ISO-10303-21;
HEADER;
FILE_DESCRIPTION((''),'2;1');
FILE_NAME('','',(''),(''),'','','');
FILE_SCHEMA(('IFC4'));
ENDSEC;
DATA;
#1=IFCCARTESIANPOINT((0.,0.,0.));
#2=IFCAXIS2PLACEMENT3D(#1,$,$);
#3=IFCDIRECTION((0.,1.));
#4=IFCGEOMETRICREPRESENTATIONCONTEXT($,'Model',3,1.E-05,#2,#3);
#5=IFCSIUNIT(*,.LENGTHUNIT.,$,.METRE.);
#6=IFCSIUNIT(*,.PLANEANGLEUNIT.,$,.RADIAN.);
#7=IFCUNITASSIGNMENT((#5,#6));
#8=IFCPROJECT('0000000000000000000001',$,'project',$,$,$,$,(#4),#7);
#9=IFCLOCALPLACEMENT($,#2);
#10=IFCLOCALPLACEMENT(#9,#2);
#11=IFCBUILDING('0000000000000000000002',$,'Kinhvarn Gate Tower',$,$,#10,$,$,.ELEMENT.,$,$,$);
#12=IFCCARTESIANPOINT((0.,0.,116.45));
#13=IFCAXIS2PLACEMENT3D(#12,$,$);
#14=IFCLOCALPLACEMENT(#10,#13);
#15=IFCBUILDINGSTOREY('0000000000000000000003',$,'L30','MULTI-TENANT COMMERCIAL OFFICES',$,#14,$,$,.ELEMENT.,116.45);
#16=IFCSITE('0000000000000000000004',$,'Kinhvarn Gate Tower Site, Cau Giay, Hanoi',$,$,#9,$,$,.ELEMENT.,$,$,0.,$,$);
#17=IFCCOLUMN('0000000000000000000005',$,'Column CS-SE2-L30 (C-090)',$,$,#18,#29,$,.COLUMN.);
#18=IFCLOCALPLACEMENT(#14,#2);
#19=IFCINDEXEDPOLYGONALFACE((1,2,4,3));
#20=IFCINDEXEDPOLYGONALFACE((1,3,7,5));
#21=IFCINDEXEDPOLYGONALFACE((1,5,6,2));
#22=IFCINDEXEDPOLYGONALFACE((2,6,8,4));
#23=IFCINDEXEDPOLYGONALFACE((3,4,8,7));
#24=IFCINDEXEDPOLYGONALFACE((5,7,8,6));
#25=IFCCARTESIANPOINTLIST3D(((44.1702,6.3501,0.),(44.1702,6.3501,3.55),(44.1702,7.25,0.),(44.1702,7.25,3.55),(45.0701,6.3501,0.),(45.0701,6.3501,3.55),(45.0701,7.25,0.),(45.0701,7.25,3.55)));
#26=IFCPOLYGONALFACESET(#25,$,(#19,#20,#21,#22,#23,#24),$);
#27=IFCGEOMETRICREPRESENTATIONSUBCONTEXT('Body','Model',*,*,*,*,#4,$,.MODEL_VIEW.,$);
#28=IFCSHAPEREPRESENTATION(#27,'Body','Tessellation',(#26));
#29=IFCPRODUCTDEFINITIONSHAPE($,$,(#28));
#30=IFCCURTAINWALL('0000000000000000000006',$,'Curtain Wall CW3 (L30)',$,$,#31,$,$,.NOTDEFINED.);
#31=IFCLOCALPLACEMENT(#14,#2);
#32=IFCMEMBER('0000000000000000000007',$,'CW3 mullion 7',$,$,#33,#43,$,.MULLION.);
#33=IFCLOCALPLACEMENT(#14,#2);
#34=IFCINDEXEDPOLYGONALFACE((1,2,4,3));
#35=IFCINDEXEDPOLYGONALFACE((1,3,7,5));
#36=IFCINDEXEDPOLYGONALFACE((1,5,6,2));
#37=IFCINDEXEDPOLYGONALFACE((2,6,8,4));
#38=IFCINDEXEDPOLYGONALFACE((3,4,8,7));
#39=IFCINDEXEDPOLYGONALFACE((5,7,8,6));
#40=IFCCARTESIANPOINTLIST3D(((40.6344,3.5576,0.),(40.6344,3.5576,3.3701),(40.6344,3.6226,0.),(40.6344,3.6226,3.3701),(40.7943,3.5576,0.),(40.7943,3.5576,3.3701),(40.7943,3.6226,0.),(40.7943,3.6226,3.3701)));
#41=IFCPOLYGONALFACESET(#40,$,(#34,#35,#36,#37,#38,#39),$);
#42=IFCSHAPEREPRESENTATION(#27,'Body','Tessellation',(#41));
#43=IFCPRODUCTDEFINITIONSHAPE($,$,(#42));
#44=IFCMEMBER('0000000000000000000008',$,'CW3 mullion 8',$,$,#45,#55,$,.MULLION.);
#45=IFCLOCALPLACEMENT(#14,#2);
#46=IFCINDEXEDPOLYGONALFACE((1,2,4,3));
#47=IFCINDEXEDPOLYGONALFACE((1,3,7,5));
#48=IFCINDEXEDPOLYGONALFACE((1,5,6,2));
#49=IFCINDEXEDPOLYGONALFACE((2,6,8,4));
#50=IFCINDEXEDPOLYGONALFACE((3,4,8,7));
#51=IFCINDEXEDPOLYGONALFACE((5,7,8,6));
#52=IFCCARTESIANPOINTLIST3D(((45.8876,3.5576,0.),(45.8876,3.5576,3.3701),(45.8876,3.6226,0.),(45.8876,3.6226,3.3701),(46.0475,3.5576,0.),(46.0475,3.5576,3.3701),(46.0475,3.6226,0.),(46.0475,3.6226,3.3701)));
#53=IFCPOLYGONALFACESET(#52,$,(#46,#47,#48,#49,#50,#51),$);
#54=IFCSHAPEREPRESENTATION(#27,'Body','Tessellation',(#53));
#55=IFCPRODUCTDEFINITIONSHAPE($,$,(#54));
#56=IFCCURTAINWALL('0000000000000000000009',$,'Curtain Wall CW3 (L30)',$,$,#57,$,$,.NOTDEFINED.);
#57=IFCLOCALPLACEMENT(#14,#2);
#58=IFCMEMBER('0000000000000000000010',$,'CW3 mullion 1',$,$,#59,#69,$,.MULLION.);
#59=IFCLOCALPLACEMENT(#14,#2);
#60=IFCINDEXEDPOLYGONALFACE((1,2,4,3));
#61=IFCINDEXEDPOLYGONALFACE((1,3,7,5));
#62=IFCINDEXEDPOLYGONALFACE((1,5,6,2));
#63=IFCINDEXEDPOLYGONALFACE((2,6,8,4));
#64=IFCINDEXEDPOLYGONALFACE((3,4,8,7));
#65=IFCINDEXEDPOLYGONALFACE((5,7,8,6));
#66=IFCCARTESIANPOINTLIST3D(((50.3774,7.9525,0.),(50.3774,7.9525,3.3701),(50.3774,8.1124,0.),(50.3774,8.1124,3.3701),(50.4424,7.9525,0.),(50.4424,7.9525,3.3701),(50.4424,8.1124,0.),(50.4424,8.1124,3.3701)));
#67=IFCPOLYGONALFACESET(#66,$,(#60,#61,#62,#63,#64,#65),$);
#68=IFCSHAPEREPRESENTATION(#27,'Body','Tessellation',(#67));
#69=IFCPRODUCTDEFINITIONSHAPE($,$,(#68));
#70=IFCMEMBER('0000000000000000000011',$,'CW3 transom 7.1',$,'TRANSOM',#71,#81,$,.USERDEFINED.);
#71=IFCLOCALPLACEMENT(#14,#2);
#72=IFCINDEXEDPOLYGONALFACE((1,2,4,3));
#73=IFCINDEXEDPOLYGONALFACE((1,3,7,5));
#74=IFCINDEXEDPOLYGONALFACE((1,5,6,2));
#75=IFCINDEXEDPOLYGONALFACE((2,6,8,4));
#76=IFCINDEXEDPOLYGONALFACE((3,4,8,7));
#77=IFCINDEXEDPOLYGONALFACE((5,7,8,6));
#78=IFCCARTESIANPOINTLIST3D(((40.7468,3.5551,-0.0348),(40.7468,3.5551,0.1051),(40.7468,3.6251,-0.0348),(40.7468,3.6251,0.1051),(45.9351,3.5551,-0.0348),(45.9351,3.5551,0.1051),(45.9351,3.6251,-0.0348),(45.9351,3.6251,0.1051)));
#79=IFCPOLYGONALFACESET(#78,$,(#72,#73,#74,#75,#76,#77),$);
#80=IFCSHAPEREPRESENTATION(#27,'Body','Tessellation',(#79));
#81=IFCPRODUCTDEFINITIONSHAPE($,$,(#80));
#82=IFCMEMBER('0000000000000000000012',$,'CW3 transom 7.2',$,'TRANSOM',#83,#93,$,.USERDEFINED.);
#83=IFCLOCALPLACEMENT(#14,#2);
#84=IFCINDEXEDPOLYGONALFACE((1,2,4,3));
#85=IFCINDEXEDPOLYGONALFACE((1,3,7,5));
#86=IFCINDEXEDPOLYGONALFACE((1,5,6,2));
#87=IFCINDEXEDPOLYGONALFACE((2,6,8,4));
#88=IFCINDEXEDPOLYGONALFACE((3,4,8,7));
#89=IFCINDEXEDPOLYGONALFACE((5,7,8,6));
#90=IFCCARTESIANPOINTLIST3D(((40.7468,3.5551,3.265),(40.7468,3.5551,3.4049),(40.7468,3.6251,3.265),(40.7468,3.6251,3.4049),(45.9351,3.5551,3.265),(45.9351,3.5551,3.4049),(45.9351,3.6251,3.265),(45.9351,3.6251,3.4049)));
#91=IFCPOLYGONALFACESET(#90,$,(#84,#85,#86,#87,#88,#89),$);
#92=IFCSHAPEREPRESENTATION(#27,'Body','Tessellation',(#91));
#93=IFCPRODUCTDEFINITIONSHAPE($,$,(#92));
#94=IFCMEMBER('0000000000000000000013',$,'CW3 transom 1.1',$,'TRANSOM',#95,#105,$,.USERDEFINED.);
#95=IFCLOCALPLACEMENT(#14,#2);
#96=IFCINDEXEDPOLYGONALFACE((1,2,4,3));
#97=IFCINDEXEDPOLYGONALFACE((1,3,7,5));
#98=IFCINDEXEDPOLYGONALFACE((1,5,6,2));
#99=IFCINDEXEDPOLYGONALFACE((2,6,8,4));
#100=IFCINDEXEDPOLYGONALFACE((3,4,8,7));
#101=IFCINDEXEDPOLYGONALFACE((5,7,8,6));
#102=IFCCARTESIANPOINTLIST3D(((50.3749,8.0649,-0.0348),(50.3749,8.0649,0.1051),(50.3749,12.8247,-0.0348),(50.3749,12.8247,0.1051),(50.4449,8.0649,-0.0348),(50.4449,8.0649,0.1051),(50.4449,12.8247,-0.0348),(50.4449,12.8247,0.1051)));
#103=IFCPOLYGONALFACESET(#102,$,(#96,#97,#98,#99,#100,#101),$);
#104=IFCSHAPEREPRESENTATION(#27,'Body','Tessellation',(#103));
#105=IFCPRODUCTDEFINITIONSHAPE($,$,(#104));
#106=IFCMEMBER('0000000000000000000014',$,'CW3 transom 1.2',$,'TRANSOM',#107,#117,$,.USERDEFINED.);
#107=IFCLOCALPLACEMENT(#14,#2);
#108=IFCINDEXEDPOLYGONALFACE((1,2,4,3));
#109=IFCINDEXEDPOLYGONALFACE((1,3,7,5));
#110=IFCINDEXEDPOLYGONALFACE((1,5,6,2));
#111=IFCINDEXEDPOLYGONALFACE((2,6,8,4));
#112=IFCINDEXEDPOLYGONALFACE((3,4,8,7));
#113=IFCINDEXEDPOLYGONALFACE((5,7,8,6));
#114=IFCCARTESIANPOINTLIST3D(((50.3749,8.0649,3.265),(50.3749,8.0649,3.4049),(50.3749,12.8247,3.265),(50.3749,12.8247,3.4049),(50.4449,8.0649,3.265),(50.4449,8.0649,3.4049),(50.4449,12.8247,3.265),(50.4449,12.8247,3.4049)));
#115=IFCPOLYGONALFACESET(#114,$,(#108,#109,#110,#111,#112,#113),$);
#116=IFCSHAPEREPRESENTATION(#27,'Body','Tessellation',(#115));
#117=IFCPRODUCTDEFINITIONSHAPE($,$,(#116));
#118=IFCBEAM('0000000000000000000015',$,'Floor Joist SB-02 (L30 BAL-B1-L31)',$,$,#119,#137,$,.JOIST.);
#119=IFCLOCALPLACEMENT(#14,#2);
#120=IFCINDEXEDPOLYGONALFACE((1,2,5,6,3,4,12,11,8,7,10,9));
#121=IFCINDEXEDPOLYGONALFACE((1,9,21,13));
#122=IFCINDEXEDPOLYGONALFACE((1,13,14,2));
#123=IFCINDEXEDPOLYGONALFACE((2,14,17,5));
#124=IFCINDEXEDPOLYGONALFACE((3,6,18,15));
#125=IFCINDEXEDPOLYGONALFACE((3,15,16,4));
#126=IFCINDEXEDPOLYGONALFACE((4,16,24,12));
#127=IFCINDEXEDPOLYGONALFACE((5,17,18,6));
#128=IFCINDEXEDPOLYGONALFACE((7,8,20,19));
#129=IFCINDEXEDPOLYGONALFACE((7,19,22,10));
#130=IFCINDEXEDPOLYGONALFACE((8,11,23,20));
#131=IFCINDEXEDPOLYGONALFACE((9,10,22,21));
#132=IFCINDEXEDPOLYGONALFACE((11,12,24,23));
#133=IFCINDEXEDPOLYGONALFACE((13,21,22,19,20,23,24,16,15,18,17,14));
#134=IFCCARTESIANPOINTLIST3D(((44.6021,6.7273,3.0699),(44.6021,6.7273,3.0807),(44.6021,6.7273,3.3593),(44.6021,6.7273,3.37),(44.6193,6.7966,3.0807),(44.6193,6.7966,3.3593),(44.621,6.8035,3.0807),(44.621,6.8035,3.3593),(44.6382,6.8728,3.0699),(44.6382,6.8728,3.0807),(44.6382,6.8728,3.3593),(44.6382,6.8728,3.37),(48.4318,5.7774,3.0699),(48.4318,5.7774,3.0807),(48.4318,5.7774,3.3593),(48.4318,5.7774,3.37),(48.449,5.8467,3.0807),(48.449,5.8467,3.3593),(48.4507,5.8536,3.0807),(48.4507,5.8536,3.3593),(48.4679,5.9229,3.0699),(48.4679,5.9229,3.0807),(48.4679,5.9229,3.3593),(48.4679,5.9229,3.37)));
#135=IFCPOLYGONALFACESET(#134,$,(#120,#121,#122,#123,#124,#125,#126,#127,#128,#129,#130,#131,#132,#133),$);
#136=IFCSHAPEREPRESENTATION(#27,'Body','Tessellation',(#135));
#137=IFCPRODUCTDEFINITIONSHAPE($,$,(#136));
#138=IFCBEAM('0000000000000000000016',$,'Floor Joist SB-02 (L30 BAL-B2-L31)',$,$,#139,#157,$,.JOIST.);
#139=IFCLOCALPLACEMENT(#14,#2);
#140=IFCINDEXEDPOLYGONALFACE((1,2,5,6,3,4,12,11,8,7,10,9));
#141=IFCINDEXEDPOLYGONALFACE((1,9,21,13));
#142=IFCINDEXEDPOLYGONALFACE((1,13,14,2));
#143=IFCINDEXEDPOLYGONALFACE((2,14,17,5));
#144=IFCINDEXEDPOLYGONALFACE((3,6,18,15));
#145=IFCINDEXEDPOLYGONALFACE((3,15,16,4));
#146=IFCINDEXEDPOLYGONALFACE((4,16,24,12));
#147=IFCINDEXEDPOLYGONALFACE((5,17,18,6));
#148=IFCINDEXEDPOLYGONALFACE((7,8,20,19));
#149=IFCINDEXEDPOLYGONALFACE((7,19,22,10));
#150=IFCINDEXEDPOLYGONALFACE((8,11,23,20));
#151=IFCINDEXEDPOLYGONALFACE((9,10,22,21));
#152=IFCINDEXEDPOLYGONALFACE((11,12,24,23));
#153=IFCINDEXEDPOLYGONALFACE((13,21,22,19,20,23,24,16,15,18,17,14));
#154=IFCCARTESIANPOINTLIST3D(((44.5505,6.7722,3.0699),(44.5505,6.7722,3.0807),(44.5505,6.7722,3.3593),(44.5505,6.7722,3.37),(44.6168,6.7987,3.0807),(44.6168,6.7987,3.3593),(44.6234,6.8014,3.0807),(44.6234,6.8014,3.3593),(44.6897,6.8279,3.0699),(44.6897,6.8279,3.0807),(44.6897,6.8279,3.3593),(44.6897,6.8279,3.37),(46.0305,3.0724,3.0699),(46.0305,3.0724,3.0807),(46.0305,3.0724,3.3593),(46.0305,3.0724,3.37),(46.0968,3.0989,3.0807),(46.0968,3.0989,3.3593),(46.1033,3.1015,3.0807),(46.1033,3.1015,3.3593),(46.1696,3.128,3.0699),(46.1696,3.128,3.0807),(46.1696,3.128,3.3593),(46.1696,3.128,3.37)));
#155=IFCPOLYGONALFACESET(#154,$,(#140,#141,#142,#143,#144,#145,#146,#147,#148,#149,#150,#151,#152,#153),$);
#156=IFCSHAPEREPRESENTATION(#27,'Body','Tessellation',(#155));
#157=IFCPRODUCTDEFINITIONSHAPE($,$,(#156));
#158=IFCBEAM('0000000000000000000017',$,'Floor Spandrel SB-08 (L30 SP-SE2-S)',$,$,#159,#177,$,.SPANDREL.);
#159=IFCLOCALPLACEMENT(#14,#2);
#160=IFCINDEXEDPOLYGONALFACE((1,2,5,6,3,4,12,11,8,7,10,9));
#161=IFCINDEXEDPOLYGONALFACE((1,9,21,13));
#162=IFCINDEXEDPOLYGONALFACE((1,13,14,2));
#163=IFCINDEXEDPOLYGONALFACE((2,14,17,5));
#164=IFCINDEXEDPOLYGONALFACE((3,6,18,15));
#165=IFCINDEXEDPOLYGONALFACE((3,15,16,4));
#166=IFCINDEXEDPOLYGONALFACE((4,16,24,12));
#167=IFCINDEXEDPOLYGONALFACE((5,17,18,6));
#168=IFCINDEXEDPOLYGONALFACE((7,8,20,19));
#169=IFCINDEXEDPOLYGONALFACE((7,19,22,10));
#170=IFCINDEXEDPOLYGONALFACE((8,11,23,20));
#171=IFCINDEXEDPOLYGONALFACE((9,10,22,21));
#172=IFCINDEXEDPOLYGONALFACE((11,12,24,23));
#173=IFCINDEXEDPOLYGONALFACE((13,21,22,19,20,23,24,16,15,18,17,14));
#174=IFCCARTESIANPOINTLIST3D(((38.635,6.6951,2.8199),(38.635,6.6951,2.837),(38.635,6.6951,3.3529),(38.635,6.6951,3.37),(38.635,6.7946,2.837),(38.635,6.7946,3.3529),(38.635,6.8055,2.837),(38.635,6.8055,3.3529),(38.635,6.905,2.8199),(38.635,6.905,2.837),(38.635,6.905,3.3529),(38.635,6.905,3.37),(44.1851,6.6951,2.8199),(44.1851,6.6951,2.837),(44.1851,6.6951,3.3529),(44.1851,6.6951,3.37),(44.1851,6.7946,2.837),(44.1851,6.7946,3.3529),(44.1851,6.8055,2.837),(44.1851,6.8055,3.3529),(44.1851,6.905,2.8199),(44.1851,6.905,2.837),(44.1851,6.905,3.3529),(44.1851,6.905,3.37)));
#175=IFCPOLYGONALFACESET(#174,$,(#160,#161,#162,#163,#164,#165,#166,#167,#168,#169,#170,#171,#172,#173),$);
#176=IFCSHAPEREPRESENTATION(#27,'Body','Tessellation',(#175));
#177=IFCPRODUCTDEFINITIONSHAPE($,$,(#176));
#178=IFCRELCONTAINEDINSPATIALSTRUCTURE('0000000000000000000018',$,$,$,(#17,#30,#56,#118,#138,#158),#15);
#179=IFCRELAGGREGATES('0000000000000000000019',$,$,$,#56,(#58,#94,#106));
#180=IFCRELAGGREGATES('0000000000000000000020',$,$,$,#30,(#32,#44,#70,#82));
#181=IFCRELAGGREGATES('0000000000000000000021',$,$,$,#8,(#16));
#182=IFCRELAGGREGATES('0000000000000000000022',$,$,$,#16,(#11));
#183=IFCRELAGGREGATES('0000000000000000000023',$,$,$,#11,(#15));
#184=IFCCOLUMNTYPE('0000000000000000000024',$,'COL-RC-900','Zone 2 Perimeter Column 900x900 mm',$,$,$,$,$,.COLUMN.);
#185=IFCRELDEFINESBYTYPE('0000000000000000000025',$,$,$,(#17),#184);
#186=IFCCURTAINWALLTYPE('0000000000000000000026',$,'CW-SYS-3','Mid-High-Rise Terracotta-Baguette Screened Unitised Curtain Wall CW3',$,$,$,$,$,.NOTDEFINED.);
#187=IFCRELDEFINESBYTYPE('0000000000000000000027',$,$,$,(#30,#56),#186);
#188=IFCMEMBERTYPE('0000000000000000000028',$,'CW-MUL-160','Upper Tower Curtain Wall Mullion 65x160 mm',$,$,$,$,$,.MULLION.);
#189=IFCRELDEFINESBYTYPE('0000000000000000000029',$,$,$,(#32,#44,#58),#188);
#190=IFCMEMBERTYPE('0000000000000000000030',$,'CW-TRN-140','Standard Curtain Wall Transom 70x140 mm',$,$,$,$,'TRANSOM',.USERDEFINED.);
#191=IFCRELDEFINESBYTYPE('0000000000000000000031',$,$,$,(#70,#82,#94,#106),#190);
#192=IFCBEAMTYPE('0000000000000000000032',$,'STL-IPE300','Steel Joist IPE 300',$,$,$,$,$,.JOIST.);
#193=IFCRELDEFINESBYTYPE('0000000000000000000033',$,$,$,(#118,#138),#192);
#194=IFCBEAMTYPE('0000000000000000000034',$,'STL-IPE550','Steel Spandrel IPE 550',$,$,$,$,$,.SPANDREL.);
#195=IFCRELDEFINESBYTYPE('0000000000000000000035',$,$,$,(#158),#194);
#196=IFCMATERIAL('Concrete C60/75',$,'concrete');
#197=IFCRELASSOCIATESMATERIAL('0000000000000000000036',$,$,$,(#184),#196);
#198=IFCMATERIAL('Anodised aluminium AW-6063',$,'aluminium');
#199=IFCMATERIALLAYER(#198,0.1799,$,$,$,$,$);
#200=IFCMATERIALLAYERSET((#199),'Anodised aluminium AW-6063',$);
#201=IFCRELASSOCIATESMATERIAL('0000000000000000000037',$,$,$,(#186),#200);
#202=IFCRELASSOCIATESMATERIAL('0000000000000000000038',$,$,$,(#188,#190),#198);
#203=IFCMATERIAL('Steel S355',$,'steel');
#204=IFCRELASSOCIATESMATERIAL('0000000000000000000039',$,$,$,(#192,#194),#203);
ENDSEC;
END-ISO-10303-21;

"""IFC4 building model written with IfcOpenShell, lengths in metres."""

from ifc_helpers import new_model, si_unit, direction, frame, origin, origin_2d, place, context, subcontext, project, spatial, rectangle, i_section, extrude, material, layer, layer_set, material_profile, profile_set, type_object, element, aggregate, save


model = new_model("IFC4")

# Units and contexts
model_context = context("Model", 3, precision=1e-05, world=origin(), true_north=direction((0.0, 1.0)))
body_context = subcontext(model_context, "Body", "Model", "MODEL_VIEW")
ifc_project = project(units=[si_unit("LENGTHUNIT", "METRE"), si_unit("PLANEANGLEUNIT", "RADIAN")], contexts=[model_context])

# Site, building, storey
site_placement = place(None, origin())
site = spatial("IfcSite", under=ifc_project, at=site_placement, Name="Kinhvarn Gate Tower Site, Cau Giay, Hanoi", CompositionType="ELEMENT", RefElevation=0.0)
building_placement = place(site_placement, origin())
building = spatial("IfcBuilding", under=site, at=building_placement, Name="Kinhvarn Gate Tower", CompositionType="ELEMENT")
storey_placement = place(building_placement, frame((0.0, 0.0, 116.45)))
storey = spatial("IfcBuildingStorey", under=building, at=storey_placement, Name="L30", Description="MULTI-TENANT COMMERCIAL OFFICES", CompositionType="ELEMENT", Elevation=116.45)

# Column
ifc_material_1 = material(Name="Concrete C60/75", Category="concrete")
ifc_material_profile_1 = material_profile(ifc_material_1, rectangle(XDim=0.8999, YDim=0.8999, at=origin_2d()), Name="RC 900x900")
ifc_profile_set_1 = profile_set([ifc_material_profile_1], Name="Concrete C60/75")
column_type = type_object("IfcColumnType", Name="COL-RC-900", Description="Zone 2 Perimeter Column 900x900 mm", PredefinedType="COLUMN", material=ifc_profile_set_1)
column_placement = place(storey_placement, frame((44.6201, 6.8, 0.0), z_axis=(0.0, 0.0, 1.0), x_axis=(1.0, 0.0, 0.0)))
element("IfcColumn", 1, at=column_placement, inside=storey, type_object=column_type, Name="Column CS-SE2-L30 (C-090)", PredefinedType="COLUMN", context=body_context, shape_type="SweptSolid", body=[
    extrude(rectangle(XDim=0.8999, YDim=0.8999, at=origin_2d()), origin(), (0.0, 0.0, 1.0), 3.55),
])

# Curtain wall, members
ifc_material_2 = material(Name="Anodised aluminium AW-6063", Category="aluminium")
ifc_layer_1 = layer(ifc_material_2, 0.1799)
ifc_layer_set_1 = layer_set([ifc_layer_1], Name="Anodised aluminium AW-6063")
curtain_wall_type = type_object("IfcCurtainWallType", Name="CW-SYS-3", Description="Mid-High-Rise Terracotta-Baguette Screened Unitised Curtain Wall CW3", PredefinedType="NOTDEFINED", material=ifc_layer_set_1)
curtain_wall_1_placement = place(storey_placement, origin())
curtain_wall_1 = element("IfcCurtainWall", 2, at=curtain_wall_1_placement, inside=storey, type_object=curtain_wall_type, Name="Curtain Wall CW3 (L30)", PredefinedType="NOTDEFINED")
ifc_material_profile_2 = material_profile(ifc_material_2, rectangle(XDim=0.0649, YDim=0.1599, at=origin_2d()), Name="ALU 65x160")
ifc_profile_set_2 = profile_set([ifc_material_profile_2], Name="Anodised aluminium AW-6063")
member_type_1 = type_object("IfcMemberType", Name="CW-MUL-160", Description="Upper Tower Curtain Wall Mullion 65x160 mm", PredefinedType="MULLION", material=ifc_profile_set_2)
member_1_placement = place(storey_placement, frame((40.7144, 3.5901, 0.0), z_axis=(0.0, 0.0, 1.0), x_axis=(0.0, 1.0, 0.0)))
member_1 = element("IfcMember", 3, at=member_1_placement, type_object=member_type_1, Name="CW3 mullion 7", PredefinedType="MULLION", context=body_context, shape_type="SweptSolid", body=[
    extrude(rectangle(XDim=0.0649, YDim=0.1599, at=origin_2d()), origin(), (0.0, 0.0, 1.0), 3.3701),
])
member_2_placement = place(storey_placement, frame((45.9675, 3.5901, 0.0), z_axis=(0.0, 0.0, 1.0), x_axis=(0.0, 1.0, 0.0)))
member_2 = element("IfcMember", 4, at=member_2_placement, type_object=member_type_1, Name="CW3 mullion 8", PredefinedType="MULLION", context=body_context, shape_type="SweptSolid", body=[
    extrude(rectangle(XDim=0.0649, YDim=0.1599, at=origin_2d()), origin(), (0.0, 0.0, 1.0), 3.3701),
])

# Curtain wall, member
curtain_wall_2_placement = place(storey_placement, origin())
curtain_wall_2 = element("IfcCurtainWall", 5, at=curtain_wall_2_placement, inside=storey, type_object=curtain_wall_type, Name="Curtain Wall CW3 (L30)", PredefinedType="NOTDEFINED")
member_3_placement = place(storey_placement, frame((50.4099, 8.0325, 0.0), z_axis=(0.0, 0.0, 1.0), x_axis=(-1.0, 0.0, 0.0)))
member_3 = element("IfcMember", 6, at=member_3_placement, type_object=member_type_1, Name="CW3 mullion 1", PredefinedType="MULLION", context=body_context, shape_type="SweptSolid", body=[
    extrude(rectangle(XDim=0.0649, YDim=0.1599, at=origin_2d()), origin(), (0.0, 0.0, 1.0), 3.3701),
])

# Members
ifc_material_profile_3 = material_profile(ifc_material_2, rectangle(XDim=0.0701, YDim=0.1399, at=origin_2d()), Name="ALU 70x140")
ifc_profile_set_3 = profile_set([ifc_material_profile_3], Name="Anodised aluminium AW-6063")
member_type_2 = type_object("IfcMemberType", Name="CW-TRN-140", Description="Standard Curtain Wall Transom 70x140 mm", ElementType="TRANSOM", PredefinedType="USERDEFINED", material=ifc_profile_set_3)
member_4_placement = place(storey_placement, frame((40.7468, 3.5901, 0.0352), z_axis=(1.0, 0.0, 0.0), x_axis=(0.0, 1.0, 0.0)))
member_4 = element("IfcMember", 7, at=member_4_placement, type_object=member_type_2, Name="CW3 transom 7.1", ObjectType="TRANSOM", PredefinedType="USERDEFINED", context=body_context, shape_type="SweptSolid", body=[
    extrude(rectangle(XDim=0.0701, YDim=0.1399, at=origin_2d()), origin(), (0.0, 0.0, 1.0), 5.1882),
])
member_5_placement = place(storey_placement, frame((40.7468, 3.5901, 3.335), z_axis=(1.0, 0.0, 0.0), x_axis=(0.0, 1.0, 0.0)))
member_5 = element("IfcMember", 8, at=member_5_placement, type_object=member_type_2, Name="CW3 transom 7.2", ObjectType="TRANSOM", PredefinedType="USERDEFINED", context=body_context, shape_type="SweptSolid", body=[
    extrude(rectangle(XDim=0.0701, YDim=0.1399, at=origin_2d()), origin(), (0.0, 0.0, 1.0), 5.1882),
])
member_6_placement = place(storey_placement, frame((50.4099, 8.0649, 0.0352), z_axis=(0.0, 1.0, 0.0), x_axis=(-1.0, 0.0, 0.0)))
member_6 = element("IfcMember", 9, at=member_6_placement, type_object=member_type_2, Name="CW3 transom 1.1", ObjectType="TRANSOM", PredefinedType="USERDEFINED", context=body_context, shape_type="SweptSolid", body=[
    extrude(rectangle(XDim=0.0701, YDim=0.1399, at=origin_2d()), origin(), (0.0, 0.0, 1.0), 4.7598),
])
member_7_placement = place(storey_placement, frame((50.4099, 8.0649, 3.335), z_axis=(0.0, 1.0, 0.0), x_axis=(-1.0, 0.0, 0.0)))
member_7 = element("IfcMember", 10, at=member_7_placement, type_object=member_type_2, Name="CW3 transom 1.2", ObjectType="TRANSOM", PredefinedType="USERDEFINED", context=body_context, shape_type="SweptSolid", body=[
    extrude(rectangle(XDim=0.0701, YDim=0.1399, at=origin_2d()), origin(), (0.0, 0.0, 1.0), 4.7598),
])
aggregate(curtain_wall_2, [member_3, member_6, member_7])

# Beams
ifc_material_3 = material(Name="Steel S355", Category="steel")
ifc_material_profile_4 = material_profile(ifc_material_3, i_section(OverallWidth=0.1499, OverallDepth=0.3, WebThickness=0.0071, FlangeThickness=0.0107, at=origin_2d()), Name="IPE 300")
ifc_profile_set_4 = profile_set([ifc_material_profile_4], Name="Steel S355")
beam_type_1 = type_object("IfcBeamType", Name="STL-IPE300", Description="Steel Joist IPE 300", PredefinedType="JOIST", material=ifc_profile_set_4)
beam_1_placement = place(storey_placement, frame((44.6201, 6.8, 3.22), z_axis=(0.970589, -0.240745, 0.0), x_axis=(0.240745, 0.970589, 0.0)))
element("IfcBeam", 11, at=beam_1_placement, inside=storey, type_object=beam_type_1, Name="Floor Joist SB-02 (L30 BAL-B1-L31)", PredefinedType="JOIST", context=body_context, shape_type="SweptSolid", body=[
    extrude(i_section(OverallWidth=0.1499, OverallDepth=0.3, WebThickness=0.0071, FlangeThickness=0.0107, at=origin_2d()), origin(), (0.0, 0.0, 1.0), 3.9458),
])
beam_2_placement = place(storey_placement, frame((44.6201, 6.8, 3.22), z_axis=(0.371391, -0.928477, 0.0), x_axis=(0.928477, 0.371391, 0.0)))
element("IfcBeam", 12, at=beam_2_placement, inside=storey, type_object=beam_type_1, Name="Floor Joist SB-02 (L30 BAL-B2-L31)", PredefinedType="JOIST", context=body_context, shape_type="SweptSolid", body=[
    extrude(i_section(OverallWidth=0.1499, OverallDepth=0.3, WebThickness=0.0071, FlangeThickness=0.0107, at=origin_2d()), origin(), (0.0, 0.0, 1.0), 3.9849),
])
ifc_material_profile_5 = material_profile(ifc_material_3, i_section(OverallWidth=0.21, OverallDepth=0.55, WebThickness=0.011, FlangeThickness=0.0171, at=origin_2d()), Name="IPE 550")
ifc_profile_set_5 = profile_set([ifc_material_profile_5], Name="Steel S355")
beam_type_2 = type_object("IfcBeamType", Name="STL-IPE550", Description="Steel Spandrel IPE 550", PredefinedType="SPANDREL", material=ifc_profile_set_5)
beam_3_placement = place(storey_placement, frame((38.635, 6.8, 3.095), z_axis=(1.0, 0.0, 0.0), x_axis=(0.0, 1.0, 0.0)))
element("IfcBeam", 13, at=beam_3_placement, inside=storey, type_object=beam_type_2, Name="Floor Spandrel SB-08 (L30 SP-SE2-S)", PredefinedType="SPANDREL", context=body_context, shape_type="SweptSolid", body=[
    extrude(i_section(OverallWidth=0.21, OverallDepth=0.55, WebThickness=0.011, FlangeThickness=0.0171, at=origin_2d()), origin(), (0.0, 0.0, 1.0), 5.55),
])

aggregate(curtain_wall_1, [member_1, member_2, member_4, member_5])

save(model, "model.ifc")
